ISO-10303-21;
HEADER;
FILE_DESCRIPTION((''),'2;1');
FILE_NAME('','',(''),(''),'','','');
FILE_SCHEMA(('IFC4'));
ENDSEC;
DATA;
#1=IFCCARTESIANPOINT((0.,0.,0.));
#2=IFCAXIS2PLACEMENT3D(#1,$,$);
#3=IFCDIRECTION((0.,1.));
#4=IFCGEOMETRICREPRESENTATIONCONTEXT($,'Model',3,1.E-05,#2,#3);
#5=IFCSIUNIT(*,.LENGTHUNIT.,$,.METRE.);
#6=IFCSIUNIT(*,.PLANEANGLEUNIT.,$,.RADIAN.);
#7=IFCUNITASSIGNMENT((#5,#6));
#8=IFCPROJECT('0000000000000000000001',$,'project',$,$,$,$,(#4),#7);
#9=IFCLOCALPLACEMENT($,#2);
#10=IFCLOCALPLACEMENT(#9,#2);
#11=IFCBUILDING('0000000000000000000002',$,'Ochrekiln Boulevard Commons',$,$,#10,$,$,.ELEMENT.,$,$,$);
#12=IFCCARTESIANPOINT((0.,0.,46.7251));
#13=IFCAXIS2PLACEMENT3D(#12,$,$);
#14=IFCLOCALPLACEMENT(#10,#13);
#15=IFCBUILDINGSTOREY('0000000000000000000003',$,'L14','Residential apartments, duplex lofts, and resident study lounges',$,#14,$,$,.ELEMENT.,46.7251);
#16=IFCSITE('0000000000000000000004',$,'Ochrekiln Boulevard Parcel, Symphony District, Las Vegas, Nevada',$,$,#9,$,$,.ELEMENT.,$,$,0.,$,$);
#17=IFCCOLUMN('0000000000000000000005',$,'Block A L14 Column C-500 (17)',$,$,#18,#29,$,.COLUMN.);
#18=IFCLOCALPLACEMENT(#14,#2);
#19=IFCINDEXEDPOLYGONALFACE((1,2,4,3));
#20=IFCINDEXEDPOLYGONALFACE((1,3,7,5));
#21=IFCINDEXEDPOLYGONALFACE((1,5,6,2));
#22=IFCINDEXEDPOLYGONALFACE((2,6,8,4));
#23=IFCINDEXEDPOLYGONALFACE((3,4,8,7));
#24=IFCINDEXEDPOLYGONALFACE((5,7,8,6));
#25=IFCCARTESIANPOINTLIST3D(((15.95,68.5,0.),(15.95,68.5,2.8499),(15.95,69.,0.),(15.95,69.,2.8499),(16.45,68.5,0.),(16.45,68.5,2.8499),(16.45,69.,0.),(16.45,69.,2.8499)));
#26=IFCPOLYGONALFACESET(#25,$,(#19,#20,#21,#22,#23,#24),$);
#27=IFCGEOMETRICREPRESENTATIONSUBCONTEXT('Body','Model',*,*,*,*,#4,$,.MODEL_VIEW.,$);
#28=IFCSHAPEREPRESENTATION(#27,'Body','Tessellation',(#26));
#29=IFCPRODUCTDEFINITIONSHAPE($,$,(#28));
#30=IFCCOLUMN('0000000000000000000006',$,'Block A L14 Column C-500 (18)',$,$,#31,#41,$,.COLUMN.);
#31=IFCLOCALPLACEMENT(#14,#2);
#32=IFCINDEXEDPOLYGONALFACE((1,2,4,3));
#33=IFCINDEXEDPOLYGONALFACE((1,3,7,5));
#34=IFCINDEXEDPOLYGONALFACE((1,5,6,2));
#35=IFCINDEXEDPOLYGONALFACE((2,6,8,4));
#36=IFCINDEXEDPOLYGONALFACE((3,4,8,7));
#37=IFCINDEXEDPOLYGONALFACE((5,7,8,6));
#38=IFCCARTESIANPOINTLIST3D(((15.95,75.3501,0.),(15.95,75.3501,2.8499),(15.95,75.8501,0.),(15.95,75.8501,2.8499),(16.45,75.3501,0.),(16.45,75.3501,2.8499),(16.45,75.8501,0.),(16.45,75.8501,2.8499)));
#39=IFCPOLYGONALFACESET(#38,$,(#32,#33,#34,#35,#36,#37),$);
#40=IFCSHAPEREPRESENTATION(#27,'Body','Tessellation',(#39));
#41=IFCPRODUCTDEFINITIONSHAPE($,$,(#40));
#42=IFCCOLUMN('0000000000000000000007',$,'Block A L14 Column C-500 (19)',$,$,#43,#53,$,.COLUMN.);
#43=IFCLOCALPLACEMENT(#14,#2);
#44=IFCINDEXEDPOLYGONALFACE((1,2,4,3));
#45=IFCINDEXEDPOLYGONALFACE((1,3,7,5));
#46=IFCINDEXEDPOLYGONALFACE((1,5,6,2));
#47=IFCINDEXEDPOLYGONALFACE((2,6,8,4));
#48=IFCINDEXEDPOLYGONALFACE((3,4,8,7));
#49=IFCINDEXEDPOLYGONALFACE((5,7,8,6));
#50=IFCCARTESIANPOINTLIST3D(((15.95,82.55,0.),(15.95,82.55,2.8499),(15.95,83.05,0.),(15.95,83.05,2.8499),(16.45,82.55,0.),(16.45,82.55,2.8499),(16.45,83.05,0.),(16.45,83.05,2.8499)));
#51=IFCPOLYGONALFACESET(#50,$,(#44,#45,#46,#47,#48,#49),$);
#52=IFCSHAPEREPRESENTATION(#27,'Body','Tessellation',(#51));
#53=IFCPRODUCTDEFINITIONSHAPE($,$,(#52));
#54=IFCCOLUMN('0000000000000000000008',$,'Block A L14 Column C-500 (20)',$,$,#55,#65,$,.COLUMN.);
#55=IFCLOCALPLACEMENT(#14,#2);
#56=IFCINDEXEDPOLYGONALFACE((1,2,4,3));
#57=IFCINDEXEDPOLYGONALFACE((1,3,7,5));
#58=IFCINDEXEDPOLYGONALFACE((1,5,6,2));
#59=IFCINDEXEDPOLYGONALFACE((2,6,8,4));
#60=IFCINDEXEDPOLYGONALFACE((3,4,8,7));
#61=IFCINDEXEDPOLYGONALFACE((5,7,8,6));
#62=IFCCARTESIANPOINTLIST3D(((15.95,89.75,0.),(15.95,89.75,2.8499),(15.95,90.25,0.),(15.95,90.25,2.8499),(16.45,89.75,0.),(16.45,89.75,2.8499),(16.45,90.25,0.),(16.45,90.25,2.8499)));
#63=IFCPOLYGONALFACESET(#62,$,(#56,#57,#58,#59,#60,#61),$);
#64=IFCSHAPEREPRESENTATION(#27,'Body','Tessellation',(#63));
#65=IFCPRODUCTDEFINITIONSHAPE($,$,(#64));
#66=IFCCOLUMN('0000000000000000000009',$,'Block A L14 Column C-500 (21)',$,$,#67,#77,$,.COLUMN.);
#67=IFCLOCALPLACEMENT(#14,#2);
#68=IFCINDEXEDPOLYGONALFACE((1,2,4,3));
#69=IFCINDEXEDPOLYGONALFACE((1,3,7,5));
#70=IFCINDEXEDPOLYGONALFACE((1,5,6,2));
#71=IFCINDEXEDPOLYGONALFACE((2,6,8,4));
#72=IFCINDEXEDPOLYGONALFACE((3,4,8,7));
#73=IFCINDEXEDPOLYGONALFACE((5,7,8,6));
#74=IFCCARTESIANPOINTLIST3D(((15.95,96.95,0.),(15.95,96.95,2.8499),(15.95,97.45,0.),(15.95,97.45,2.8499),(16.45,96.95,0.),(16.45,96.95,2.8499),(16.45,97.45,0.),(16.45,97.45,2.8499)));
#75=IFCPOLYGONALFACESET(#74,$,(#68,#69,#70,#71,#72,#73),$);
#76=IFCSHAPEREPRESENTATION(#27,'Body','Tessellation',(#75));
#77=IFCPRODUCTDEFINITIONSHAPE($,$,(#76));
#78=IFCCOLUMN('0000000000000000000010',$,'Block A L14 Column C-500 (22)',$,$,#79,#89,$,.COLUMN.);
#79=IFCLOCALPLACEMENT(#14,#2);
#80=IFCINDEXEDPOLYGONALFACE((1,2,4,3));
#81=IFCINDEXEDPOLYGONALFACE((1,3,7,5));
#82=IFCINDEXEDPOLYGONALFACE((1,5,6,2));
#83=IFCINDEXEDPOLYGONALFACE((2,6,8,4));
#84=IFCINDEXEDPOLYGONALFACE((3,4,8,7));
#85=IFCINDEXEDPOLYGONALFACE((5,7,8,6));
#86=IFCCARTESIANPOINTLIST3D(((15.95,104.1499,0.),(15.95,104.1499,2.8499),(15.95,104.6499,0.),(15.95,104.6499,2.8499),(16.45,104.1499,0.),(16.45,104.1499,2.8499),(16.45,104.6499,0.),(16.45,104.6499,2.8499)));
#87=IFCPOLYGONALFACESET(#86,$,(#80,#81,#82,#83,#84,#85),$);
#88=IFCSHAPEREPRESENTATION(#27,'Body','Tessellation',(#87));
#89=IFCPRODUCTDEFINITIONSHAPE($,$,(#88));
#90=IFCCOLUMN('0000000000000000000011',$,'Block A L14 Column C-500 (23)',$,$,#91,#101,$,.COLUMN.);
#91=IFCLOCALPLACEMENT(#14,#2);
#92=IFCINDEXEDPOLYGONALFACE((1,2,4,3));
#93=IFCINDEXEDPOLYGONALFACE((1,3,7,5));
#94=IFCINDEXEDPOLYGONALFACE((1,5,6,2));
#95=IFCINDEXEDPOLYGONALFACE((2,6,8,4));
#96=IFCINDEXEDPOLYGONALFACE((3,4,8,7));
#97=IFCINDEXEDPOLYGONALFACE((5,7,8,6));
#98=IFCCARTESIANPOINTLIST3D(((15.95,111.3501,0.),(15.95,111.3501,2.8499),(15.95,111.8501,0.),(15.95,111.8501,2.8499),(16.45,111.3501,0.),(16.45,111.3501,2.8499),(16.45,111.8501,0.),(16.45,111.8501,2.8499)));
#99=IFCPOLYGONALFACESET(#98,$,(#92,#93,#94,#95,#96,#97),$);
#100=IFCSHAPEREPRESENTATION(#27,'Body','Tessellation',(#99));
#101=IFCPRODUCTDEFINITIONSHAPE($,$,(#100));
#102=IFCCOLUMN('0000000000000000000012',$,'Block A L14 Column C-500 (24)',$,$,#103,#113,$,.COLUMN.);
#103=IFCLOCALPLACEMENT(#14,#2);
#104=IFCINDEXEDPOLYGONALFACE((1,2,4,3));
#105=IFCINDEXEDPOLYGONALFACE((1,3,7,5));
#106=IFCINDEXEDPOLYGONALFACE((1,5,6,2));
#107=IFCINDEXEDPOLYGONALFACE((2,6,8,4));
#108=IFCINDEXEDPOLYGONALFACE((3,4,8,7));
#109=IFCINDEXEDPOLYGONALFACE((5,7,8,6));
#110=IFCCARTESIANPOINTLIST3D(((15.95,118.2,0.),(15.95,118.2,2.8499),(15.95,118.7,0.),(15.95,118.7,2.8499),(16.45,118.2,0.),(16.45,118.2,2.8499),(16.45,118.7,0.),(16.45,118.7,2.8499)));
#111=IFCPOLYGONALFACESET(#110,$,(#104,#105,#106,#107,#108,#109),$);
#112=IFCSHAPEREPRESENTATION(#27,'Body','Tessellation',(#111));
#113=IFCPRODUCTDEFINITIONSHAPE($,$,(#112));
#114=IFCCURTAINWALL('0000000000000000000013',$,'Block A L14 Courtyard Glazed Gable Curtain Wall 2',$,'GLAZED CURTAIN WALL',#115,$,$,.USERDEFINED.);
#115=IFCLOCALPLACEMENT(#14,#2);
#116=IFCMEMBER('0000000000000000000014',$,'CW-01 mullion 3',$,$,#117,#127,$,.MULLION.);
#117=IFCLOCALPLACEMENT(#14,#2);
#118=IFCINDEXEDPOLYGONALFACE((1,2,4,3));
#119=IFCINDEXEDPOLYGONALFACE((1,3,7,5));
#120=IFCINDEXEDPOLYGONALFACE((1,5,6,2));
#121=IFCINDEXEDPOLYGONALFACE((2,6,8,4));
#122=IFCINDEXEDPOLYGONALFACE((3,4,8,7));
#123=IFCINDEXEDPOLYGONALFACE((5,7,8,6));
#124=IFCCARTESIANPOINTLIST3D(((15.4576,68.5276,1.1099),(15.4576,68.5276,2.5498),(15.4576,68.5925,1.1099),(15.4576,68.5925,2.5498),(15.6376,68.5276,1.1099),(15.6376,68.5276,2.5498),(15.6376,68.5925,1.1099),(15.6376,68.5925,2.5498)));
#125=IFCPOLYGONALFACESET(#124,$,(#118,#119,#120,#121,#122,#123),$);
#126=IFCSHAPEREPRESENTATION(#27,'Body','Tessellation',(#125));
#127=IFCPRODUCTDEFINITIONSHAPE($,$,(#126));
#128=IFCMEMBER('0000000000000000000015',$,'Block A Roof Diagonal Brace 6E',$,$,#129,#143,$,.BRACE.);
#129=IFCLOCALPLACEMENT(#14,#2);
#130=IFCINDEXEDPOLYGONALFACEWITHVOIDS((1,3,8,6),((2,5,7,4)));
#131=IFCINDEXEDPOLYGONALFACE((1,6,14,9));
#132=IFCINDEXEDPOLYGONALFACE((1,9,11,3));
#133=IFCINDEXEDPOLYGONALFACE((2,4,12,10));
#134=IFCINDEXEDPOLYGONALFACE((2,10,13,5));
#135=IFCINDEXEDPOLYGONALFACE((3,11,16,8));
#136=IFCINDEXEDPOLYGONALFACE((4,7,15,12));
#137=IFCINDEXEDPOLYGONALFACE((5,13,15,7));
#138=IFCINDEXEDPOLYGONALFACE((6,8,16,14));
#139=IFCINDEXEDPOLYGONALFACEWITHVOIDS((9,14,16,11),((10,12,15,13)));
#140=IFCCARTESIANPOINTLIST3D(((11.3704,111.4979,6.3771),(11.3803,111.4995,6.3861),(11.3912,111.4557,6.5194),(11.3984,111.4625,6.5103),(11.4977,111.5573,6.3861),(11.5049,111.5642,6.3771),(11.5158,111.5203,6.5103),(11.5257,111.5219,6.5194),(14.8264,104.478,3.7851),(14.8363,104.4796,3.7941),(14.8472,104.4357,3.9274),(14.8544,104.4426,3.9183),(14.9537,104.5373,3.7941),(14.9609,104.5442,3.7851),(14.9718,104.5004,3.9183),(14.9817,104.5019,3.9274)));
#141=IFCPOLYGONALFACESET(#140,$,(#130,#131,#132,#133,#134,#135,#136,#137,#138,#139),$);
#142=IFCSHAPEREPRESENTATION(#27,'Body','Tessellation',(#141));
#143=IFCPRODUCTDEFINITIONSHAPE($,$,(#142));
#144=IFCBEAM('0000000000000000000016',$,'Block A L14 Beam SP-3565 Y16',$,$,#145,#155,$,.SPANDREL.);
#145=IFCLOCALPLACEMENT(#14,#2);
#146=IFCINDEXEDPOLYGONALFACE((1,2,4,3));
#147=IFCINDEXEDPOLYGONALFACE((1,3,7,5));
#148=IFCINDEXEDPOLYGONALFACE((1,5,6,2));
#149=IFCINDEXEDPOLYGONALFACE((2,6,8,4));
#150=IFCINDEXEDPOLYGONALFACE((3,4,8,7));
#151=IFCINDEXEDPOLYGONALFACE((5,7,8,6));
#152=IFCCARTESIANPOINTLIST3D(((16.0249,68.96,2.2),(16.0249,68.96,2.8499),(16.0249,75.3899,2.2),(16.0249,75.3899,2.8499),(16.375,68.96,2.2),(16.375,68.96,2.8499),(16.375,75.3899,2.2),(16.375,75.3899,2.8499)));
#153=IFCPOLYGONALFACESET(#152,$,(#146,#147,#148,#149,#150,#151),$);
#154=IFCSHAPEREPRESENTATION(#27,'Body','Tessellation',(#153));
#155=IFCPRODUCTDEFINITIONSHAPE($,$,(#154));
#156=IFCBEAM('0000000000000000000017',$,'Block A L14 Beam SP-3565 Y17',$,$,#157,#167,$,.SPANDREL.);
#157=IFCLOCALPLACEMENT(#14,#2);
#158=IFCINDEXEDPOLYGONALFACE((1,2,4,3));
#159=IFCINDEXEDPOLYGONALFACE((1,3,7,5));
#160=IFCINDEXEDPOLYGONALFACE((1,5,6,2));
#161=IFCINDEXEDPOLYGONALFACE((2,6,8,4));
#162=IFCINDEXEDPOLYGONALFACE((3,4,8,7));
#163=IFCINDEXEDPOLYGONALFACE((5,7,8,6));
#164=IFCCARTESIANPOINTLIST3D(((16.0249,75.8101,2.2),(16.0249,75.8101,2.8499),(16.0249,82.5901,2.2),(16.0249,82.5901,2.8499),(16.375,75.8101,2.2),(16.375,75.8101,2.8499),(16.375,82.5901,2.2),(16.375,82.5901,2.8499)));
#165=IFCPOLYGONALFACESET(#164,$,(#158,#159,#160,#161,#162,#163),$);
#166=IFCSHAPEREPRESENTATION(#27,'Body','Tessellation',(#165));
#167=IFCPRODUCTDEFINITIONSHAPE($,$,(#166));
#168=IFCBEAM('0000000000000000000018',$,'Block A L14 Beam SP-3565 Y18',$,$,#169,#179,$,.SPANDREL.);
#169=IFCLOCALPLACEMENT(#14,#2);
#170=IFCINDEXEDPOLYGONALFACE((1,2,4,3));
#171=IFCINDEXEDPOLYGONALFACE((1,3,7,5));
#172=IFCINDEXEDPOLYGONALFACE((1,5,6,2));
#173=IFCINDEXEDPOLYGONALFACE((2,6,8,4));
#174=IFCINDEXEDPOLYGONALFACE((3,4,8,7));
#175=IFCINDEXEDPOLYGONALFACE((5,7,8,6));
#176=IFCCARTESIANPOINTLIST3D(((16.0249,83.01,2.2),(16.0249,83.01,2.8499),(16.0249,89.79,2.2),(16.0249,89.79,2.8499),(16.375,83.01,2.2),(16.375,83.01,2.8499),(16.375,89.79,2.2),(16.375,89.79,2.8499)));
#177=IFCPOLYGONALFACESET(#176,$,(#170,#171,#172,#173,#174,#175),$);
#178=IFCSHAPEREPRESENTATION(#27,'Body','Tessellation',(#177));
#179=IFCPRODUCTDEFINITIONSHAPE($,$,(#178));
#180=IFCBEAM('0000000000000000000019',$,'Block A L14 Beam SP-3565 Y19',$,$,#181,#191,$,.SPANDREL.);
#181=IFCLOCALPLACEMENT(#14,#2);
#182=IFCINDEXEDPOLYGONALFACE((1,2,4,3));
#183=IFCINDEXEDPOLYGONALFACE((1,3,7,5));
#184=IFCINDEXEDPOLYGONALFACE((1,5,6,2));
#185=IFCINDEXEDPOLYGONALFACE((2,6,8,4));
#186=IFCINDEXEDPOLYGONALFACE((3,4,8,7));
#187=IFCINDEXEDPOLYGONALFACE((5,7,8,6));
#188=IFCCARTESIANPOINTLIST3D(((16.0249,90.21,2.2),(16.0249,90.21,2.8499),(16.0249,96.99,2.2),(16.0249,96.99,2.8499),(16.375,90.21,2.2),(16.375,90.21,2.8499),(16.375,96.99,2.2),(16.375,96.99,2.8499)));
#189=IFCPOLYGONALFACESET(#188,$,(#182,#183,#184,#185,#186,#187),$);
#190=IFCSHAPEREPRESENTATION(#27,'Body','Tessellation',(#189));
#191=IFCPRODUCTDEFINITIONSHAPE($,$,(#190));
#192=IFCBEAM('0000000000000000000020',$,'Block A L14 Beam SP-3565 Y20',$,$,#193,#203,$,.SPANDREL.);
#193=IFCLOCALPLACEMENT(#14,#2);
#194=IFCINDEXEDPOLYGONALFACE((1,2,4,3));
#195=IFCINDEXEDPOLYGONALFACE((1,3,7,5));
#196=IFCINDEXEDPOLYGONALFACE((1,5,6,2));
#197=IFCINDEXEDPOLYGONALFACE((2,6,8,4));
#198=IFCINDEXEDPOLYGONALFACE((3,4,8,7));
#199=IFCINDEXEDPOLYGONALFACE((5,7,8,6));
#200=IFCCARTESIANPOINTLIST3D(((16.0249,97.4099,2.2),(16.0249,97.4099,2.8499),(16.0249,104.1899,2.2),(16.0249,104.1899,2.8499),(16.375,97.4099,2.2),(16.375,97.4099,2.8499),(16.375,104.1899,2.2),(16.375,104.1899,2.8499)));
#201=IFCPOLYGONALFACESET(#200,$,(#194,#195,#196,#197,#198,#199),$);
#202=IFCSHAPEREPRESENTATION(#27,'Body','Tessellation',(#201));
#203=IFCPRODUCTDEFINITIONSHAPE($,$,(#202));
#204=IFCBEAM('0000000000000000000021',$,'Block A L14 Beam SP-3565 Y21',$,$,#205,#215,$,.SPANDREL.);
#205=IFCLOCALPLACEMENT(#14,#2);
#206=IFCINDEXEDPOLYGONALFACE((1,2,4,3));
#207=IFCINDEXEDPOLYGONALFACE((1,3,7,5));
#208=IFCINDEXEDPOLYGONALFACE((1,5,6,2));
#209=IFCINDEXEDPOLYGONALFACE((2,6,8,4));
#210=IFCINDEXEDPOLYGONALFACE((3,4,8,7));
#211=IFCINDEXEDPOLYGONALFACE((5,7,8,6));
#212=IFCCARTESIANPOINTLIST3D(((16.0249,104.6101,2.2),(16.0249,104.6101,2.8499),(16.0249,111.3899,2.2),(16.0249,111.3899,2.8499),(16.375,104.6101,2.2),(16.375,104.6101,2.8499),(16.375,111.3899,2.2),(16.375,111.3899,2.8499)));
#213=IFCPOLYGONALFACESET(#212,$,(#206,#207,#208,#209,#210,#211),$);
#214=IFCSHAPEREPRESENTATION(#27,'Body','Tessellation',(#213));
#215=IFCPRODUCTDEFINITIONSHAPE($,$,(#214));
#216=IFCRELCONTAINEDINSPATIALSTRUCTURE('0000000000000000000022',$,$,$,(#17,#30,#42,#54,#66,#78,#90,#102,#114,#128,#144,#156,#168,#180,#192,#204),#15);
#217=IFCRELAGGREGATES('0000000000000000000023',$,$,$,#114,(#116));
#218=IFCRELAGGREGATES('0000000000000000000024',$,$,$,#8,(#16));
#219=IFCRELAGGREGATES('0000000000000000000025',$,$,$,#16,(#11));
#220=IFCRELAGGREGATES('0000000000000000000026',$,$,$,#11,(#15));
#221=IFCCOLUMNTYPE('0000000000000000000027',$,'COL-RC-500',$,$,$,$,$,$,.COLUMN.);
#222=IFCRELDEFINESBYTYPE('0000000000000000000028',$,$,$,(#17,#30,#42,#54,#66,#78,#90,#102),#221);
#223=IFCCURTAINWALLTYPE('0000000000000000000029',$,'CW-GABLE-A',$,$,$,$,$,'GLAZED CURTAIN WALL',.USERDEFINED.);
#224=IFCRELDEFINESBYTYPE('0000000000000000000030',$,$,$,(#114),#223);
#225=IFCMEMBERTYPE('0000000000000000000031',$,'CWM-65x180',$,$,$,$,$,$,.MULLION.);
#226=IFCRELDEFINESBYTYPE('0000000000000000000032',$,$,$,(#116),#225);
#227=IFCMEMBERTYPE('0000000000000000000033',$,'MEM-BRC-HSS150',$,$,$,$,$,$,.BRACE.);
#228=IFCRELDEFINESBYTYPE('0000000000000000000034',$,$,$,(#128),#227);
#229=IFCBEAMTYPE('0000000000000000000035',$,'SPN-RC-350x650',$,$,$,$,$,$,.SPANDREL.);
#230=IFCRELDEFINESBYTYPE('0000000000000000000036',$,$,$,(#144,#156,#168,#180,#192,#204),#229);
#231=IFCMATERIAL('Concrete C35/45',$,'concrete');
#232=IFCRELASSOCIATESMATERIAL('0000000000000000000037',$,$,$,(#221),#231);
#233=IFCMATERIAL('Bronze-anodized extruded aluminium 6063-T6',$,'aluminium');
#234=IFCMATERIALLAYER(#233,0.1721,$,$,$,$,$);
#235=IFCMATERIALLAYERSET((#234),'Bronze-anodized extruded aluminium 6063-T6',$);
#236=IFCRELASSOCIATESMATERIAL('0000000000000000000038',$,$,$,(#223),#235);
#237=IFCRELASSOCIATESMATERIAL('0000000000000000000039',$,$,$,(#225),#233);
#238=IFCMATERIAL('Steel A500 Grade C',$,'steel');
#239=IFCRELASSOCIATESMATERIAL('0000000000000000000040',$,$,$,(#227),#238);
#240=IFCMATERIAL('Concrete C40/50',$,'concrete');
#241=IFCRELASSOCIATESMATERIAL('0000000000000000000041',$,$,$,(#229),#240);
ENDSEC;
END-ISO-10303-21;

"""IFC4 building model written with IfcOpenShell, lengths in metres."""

from ifc_helpers import new_model, si_unit, direction, frame, origin, origin_2d, place, context, subcontext, project, spatial, rectangle, hollow_rectangle, extrude, material, layer, layer_set, material_profile, profile_set, type_object, element, aggregate, save


model = new_model("IFC4")

# Units and contexts
model_context = context("Model", 3, precision=1e-05, world=origin(), true_north=direction((0.0, 1.0)))
body_context = subcontext(model_context, "Body", "Model", "MODEL_VIEW")
ifc_project = project(units=[si_unit("LENGTHUNIT", "METRE"), si_unit("PLANEANGLEUNIT", "RADIAN")], contexts=[model_context])

# Site, building, storey
site_placement = place(None, origin())
site = spatial("IfcSite", under=ifc_project, at=site_placement, Name="Ochrekiln Boulevard Parcel, Symphony District, Las Vegas, Nevada", CompositionType="ELEMENT", RefElevation=0.0)
building_placement = place(site_placement, origin())
building = spatial("IfcBuilding", under=site, at=building_placement, Name="Ochrekiln Boulevard Commons", CompositionType="ELEMENT")
storey_placement = place(building_placement, frame((0.0, 0.0, 46.7251)))
storey = spatial("IfcBuildingStorey", under=building, at=storey_placement, Name="L14", Description="Residential apartments, duplex lofts, and resident study lounges", CompositionType="ELEMENT", Elevation=46.7251)

# Columns
ifc_material_1 = material(Name="Concrete C35/45", Category="concrete")
ifc_material_profile_1 = material_profile(ifc_material_1, rectangle(XDim=0.5, YDim=0.5, at=origin_2d()), Name="RC-COL-500x500")
ifc_profile_set_1 = profile_set([ifc_material_profile_1], Name="Concrete C35/45")
column_type = type_object("IfcColumnType", Name="COL-RC-500", PredefinedType="COLUMN", material=ifc_profile_set_1)
for number, where, z_axis, x_axis, name in (
    (1, (16.2, 68.75, 0.0), (0.0, 0.0, 1.0), (1.0, 0.0, 0.0), "Block A L14 Column C-500 (17)"),
    (2, (16.2, 75.6001, 0.0), (0.0, 0.0, 1.0), (1.0, 0.0, 0.0), "Block A L14 Column C-500 (18)"),
    (3, (16.2, 82.8, 0.0), (0.0, 0.0, 1.0), (1.0, 0.0, 0.0), "Block A L14 Column C-500 (19)"),
    (4, (16.2, 90.0, 0.0), (0.0, 0.0, 1.0), (1.0, 0.0, 0.0), "Block A L14 Column C-500 (20)"),
    (5, (16.2, 97.2, 0.0), (0.0, 0.0, 1.0), (1.0, 0.0, 0.0), "Block A L14 Column C-500 (21)"),
    (6, (16.2, 104.3999, 0.0), (0.0, 0.0, 1.0), (1.0, 0.0, 0.0), "Block A L14 Column C-500 (22)"),
    (7, (16.2, 111.6001, 0.0), (0.0, 0.0, 1.0), (1.0, 0.0, 0.0), "Block A L14 Column C-500 (23)"),
    (8, (16.2, 118.45, 0.0), (0.0, 0.0, 1.0), (1.0, 0.0, 0.0), "Block A L14 Column C-500 (24)"),
):
    element("IfcColumn", number, at=place(storey_placement, frame(where, z_axis=z_axis, x_axis=x_axis)), inside=storey, type_object=column_type, Name=name, PredefinedType="COLUMN", context=body_context, shape_type="SweptSolid", body=[
        extrude(rectangle(XDim=0.5, YDim=0.5, at=origin_2d()), origin(), (0.0, 0.0, 1.0), 2.8499),
    ])

# Curtain wall, member
ifc_material_2 = material(Name="Bronze-anodized extruded aluminium 6063-T6", Category="aluminium")
ifc_layer_1 = layer(ifc_material_2, 0.1721)
ifc_layer_set_1 = layer_set([ifc_layer_1], Name="Bronze-anodized extruded aluminium 6063-T6")
curtain_wall_type = type_object("IfcCurtainWallType", Name="CW-GABLE-A", ElementType="GLAZED CURTAIN WALL", PredefinedType="USERDEFINED", material=ifc_layer_set_1)
curtain_wall_placement = place(storey_placement, origin())
curtain_wall = element("IfcCurtainWall", 9, at=curtain_wall_placement, inside=storey, type_object=curtain_wall_type, Name="Block A L14 Courtyard Glazed Gable Curtain Wall 2", ObjectType="GLAZED CURTAIN WALL", PredefinedType="USERDEFINED")
ifc_material_profile_2 = material_profile(ifc_material_2, rectangle(XDim=0.0649, YDim=0.1799, at=origin_2d()), Name="ALU-MUL-65x180")
ifc_profile_set_2 = profile_set([ifc_material_profile_2], Name="Bronze-anodized extruded aluminium 6063-T6")
member_type_1 = type_object("IfcMemberType", Name="CWM-65x180", PredefinedType="MULLION", material=ifc_profile_set_2)
member_1_placement = place(storey_placement, frame((15.5476, 68.5601, 1.1099), z_axis=(0.0, 0.0, 1.0), x_axis=(0.0, 1.0, 0.0)))
member_1 = element("IfcMember", 10, at=member_1_placement, type_object=member_type_1, Name="CW-01 mullion 3", PredefinedType="MULLION", context=body_context, shape_type="SweptSolid", body=[
    extrude(rectangle(XDim=0.0649, YDim=0.1799, at=origin_2d()), origin(), (0.0, 0.0, 1.0), 1.4399),
])
aggregate(curtain_wall, [member_1])

# Member
ifc_material_3 = material(Name="Steel A500 Grade C", Category="steel")
ifc_material_profile_3 = material_profile(ifc_material_3, hollow_rectangle(XDim=0.1499, YDim=0.1499, WallThickness=0.0095, at=origin_2d()), Name="HSS150X150X9.5")
ifc_profile_set_3 = profile_set([ifc_material_profile_3], Name="Steel A500 Grade C")
member_type_2 = type_object("IfcMemberType", Name="MEM-BRC-HSS150", PredefinedType="BRACE", material=ifc_profile_set_3)
member_2_placement = place(storey_placement, frame((14.9041, 104.49, 3.8562), z_axis=(-0.419282, 0.851655, 0.314461), x_axis=(-0.897168, -0.441689, 0.0)))
element("IfcMember", 11, at=member_2_placement, inside=storey, type_object=member_type_2, Name="Block A Roof Diagonal Brace 6E", PredefinedType="BRACE", context=body_context, shape_type="SweptSolid", body=[
    extrude(hollow_rectangle(XDim=0.1499, YDim=0.1499, WallThickness=0.0095, at=origin_2d()), origin(), (0.0, 0.0, 1.0), 8.2427),
])

# Beams
ifc_material_4 = material(Name="Concrete C40/50", Category="concrete")
ifc_material_profile_4 = material_profile(ifc_material_4, rectangle(XDim=0.3501, YDim=0.6499, at=origin_2d()), Name="RC-SPN-350x650")
ifc_profile_set_4 = profile_set([ifc_material_profile_4], Name="Concrete C40/50")
beam_type = type_object("IfcBeamType", Name="SPN-RC-350x650", PredefinedType="SPANDREL", material=ifc_profile_set_4)
beam_1_placement = place(storey_placement, frame((16.2, 68.96, 2.5249), z_axis=(0.0, 1.0, 0.0), x_axis=(-1.0, 0.0, 0.0)))
element("IfcBeam", 12, at=beam_1_placement, inside=storey, type_object=beam_type, Name="Block A L14 Beam SP-3565 Y16", PredefinedType="SPANDREL", context=body_context, shape_type="SweptSolid", body=[
    extrude(rectangle(XDim=0.3501, YDim=0.6499, at=origin_2d()), origin(), (0.0, 0.0, 1.0), 6.4299),
])
for number, where, z_axis, x_axis, name in (
    (13, (16.2, 75.8101, 2.5249), (0.0, 1.0, 0.0), (-1.0, 0.0, 0.0), "Block A L14 Beam SP-3565 Y17"),
    (14, (16.2, 83.01, 2.5249), (0.0, 1.0, 0.0), (-1.0, 0.0, 0.0), "Block A L14 Beam SP-3565 Y18"),
    (15, (16.2, 90.21, 2.5249), (0.0, 1.0, 0.0), (-1.0, 0.0, 0.0), "Block A L14 Beam SP-3565 Y19"),
    (16, (16.2, 97.4099, 2.5249), (0.0, 1.0, 0.0), (-1.0, 0.0, 0.0), "Block A L14 Beam SP-3565 Y20"),
):
    element("IfcBeam", number, at=place(storey_placement, frame(where, z_axis=z_axis, x_axis=x_axis)), inside=storey, type_object=beam_type, Name=name, PredefinedType="SPANDREL", context=body_context, shape_type="SweptSolid", body=[
        extrude(rectangle(XDim=0.3501, YDim=0.6499, at=origin_2d()), origin(), (0.0, 0.0, 1.0), 6.78),
    ])
beam_2_placement = place(storey_placement, frame((16.2, 104.6101, 2.5249), z_axis=(0.0, 1.0, 0.0), x_axis=(-1.0, 0.0, 0.0)))
element("IfcBeam", 17, at=beam_2_placement, inside=storey, type_object=beam_type, Name="Block A L14 Beam SP-3565 Y21", PredefinedType="SPANDREL", context=body_context, shape_type="SweptSolid", body=[
    extrude(rectangle(XDim=0.3501, YDim=0.6499, at=origin_2d()), origin(), (0.0, 0.0, 1.0), 6.7798),
])

save(model, "model.ifc")
